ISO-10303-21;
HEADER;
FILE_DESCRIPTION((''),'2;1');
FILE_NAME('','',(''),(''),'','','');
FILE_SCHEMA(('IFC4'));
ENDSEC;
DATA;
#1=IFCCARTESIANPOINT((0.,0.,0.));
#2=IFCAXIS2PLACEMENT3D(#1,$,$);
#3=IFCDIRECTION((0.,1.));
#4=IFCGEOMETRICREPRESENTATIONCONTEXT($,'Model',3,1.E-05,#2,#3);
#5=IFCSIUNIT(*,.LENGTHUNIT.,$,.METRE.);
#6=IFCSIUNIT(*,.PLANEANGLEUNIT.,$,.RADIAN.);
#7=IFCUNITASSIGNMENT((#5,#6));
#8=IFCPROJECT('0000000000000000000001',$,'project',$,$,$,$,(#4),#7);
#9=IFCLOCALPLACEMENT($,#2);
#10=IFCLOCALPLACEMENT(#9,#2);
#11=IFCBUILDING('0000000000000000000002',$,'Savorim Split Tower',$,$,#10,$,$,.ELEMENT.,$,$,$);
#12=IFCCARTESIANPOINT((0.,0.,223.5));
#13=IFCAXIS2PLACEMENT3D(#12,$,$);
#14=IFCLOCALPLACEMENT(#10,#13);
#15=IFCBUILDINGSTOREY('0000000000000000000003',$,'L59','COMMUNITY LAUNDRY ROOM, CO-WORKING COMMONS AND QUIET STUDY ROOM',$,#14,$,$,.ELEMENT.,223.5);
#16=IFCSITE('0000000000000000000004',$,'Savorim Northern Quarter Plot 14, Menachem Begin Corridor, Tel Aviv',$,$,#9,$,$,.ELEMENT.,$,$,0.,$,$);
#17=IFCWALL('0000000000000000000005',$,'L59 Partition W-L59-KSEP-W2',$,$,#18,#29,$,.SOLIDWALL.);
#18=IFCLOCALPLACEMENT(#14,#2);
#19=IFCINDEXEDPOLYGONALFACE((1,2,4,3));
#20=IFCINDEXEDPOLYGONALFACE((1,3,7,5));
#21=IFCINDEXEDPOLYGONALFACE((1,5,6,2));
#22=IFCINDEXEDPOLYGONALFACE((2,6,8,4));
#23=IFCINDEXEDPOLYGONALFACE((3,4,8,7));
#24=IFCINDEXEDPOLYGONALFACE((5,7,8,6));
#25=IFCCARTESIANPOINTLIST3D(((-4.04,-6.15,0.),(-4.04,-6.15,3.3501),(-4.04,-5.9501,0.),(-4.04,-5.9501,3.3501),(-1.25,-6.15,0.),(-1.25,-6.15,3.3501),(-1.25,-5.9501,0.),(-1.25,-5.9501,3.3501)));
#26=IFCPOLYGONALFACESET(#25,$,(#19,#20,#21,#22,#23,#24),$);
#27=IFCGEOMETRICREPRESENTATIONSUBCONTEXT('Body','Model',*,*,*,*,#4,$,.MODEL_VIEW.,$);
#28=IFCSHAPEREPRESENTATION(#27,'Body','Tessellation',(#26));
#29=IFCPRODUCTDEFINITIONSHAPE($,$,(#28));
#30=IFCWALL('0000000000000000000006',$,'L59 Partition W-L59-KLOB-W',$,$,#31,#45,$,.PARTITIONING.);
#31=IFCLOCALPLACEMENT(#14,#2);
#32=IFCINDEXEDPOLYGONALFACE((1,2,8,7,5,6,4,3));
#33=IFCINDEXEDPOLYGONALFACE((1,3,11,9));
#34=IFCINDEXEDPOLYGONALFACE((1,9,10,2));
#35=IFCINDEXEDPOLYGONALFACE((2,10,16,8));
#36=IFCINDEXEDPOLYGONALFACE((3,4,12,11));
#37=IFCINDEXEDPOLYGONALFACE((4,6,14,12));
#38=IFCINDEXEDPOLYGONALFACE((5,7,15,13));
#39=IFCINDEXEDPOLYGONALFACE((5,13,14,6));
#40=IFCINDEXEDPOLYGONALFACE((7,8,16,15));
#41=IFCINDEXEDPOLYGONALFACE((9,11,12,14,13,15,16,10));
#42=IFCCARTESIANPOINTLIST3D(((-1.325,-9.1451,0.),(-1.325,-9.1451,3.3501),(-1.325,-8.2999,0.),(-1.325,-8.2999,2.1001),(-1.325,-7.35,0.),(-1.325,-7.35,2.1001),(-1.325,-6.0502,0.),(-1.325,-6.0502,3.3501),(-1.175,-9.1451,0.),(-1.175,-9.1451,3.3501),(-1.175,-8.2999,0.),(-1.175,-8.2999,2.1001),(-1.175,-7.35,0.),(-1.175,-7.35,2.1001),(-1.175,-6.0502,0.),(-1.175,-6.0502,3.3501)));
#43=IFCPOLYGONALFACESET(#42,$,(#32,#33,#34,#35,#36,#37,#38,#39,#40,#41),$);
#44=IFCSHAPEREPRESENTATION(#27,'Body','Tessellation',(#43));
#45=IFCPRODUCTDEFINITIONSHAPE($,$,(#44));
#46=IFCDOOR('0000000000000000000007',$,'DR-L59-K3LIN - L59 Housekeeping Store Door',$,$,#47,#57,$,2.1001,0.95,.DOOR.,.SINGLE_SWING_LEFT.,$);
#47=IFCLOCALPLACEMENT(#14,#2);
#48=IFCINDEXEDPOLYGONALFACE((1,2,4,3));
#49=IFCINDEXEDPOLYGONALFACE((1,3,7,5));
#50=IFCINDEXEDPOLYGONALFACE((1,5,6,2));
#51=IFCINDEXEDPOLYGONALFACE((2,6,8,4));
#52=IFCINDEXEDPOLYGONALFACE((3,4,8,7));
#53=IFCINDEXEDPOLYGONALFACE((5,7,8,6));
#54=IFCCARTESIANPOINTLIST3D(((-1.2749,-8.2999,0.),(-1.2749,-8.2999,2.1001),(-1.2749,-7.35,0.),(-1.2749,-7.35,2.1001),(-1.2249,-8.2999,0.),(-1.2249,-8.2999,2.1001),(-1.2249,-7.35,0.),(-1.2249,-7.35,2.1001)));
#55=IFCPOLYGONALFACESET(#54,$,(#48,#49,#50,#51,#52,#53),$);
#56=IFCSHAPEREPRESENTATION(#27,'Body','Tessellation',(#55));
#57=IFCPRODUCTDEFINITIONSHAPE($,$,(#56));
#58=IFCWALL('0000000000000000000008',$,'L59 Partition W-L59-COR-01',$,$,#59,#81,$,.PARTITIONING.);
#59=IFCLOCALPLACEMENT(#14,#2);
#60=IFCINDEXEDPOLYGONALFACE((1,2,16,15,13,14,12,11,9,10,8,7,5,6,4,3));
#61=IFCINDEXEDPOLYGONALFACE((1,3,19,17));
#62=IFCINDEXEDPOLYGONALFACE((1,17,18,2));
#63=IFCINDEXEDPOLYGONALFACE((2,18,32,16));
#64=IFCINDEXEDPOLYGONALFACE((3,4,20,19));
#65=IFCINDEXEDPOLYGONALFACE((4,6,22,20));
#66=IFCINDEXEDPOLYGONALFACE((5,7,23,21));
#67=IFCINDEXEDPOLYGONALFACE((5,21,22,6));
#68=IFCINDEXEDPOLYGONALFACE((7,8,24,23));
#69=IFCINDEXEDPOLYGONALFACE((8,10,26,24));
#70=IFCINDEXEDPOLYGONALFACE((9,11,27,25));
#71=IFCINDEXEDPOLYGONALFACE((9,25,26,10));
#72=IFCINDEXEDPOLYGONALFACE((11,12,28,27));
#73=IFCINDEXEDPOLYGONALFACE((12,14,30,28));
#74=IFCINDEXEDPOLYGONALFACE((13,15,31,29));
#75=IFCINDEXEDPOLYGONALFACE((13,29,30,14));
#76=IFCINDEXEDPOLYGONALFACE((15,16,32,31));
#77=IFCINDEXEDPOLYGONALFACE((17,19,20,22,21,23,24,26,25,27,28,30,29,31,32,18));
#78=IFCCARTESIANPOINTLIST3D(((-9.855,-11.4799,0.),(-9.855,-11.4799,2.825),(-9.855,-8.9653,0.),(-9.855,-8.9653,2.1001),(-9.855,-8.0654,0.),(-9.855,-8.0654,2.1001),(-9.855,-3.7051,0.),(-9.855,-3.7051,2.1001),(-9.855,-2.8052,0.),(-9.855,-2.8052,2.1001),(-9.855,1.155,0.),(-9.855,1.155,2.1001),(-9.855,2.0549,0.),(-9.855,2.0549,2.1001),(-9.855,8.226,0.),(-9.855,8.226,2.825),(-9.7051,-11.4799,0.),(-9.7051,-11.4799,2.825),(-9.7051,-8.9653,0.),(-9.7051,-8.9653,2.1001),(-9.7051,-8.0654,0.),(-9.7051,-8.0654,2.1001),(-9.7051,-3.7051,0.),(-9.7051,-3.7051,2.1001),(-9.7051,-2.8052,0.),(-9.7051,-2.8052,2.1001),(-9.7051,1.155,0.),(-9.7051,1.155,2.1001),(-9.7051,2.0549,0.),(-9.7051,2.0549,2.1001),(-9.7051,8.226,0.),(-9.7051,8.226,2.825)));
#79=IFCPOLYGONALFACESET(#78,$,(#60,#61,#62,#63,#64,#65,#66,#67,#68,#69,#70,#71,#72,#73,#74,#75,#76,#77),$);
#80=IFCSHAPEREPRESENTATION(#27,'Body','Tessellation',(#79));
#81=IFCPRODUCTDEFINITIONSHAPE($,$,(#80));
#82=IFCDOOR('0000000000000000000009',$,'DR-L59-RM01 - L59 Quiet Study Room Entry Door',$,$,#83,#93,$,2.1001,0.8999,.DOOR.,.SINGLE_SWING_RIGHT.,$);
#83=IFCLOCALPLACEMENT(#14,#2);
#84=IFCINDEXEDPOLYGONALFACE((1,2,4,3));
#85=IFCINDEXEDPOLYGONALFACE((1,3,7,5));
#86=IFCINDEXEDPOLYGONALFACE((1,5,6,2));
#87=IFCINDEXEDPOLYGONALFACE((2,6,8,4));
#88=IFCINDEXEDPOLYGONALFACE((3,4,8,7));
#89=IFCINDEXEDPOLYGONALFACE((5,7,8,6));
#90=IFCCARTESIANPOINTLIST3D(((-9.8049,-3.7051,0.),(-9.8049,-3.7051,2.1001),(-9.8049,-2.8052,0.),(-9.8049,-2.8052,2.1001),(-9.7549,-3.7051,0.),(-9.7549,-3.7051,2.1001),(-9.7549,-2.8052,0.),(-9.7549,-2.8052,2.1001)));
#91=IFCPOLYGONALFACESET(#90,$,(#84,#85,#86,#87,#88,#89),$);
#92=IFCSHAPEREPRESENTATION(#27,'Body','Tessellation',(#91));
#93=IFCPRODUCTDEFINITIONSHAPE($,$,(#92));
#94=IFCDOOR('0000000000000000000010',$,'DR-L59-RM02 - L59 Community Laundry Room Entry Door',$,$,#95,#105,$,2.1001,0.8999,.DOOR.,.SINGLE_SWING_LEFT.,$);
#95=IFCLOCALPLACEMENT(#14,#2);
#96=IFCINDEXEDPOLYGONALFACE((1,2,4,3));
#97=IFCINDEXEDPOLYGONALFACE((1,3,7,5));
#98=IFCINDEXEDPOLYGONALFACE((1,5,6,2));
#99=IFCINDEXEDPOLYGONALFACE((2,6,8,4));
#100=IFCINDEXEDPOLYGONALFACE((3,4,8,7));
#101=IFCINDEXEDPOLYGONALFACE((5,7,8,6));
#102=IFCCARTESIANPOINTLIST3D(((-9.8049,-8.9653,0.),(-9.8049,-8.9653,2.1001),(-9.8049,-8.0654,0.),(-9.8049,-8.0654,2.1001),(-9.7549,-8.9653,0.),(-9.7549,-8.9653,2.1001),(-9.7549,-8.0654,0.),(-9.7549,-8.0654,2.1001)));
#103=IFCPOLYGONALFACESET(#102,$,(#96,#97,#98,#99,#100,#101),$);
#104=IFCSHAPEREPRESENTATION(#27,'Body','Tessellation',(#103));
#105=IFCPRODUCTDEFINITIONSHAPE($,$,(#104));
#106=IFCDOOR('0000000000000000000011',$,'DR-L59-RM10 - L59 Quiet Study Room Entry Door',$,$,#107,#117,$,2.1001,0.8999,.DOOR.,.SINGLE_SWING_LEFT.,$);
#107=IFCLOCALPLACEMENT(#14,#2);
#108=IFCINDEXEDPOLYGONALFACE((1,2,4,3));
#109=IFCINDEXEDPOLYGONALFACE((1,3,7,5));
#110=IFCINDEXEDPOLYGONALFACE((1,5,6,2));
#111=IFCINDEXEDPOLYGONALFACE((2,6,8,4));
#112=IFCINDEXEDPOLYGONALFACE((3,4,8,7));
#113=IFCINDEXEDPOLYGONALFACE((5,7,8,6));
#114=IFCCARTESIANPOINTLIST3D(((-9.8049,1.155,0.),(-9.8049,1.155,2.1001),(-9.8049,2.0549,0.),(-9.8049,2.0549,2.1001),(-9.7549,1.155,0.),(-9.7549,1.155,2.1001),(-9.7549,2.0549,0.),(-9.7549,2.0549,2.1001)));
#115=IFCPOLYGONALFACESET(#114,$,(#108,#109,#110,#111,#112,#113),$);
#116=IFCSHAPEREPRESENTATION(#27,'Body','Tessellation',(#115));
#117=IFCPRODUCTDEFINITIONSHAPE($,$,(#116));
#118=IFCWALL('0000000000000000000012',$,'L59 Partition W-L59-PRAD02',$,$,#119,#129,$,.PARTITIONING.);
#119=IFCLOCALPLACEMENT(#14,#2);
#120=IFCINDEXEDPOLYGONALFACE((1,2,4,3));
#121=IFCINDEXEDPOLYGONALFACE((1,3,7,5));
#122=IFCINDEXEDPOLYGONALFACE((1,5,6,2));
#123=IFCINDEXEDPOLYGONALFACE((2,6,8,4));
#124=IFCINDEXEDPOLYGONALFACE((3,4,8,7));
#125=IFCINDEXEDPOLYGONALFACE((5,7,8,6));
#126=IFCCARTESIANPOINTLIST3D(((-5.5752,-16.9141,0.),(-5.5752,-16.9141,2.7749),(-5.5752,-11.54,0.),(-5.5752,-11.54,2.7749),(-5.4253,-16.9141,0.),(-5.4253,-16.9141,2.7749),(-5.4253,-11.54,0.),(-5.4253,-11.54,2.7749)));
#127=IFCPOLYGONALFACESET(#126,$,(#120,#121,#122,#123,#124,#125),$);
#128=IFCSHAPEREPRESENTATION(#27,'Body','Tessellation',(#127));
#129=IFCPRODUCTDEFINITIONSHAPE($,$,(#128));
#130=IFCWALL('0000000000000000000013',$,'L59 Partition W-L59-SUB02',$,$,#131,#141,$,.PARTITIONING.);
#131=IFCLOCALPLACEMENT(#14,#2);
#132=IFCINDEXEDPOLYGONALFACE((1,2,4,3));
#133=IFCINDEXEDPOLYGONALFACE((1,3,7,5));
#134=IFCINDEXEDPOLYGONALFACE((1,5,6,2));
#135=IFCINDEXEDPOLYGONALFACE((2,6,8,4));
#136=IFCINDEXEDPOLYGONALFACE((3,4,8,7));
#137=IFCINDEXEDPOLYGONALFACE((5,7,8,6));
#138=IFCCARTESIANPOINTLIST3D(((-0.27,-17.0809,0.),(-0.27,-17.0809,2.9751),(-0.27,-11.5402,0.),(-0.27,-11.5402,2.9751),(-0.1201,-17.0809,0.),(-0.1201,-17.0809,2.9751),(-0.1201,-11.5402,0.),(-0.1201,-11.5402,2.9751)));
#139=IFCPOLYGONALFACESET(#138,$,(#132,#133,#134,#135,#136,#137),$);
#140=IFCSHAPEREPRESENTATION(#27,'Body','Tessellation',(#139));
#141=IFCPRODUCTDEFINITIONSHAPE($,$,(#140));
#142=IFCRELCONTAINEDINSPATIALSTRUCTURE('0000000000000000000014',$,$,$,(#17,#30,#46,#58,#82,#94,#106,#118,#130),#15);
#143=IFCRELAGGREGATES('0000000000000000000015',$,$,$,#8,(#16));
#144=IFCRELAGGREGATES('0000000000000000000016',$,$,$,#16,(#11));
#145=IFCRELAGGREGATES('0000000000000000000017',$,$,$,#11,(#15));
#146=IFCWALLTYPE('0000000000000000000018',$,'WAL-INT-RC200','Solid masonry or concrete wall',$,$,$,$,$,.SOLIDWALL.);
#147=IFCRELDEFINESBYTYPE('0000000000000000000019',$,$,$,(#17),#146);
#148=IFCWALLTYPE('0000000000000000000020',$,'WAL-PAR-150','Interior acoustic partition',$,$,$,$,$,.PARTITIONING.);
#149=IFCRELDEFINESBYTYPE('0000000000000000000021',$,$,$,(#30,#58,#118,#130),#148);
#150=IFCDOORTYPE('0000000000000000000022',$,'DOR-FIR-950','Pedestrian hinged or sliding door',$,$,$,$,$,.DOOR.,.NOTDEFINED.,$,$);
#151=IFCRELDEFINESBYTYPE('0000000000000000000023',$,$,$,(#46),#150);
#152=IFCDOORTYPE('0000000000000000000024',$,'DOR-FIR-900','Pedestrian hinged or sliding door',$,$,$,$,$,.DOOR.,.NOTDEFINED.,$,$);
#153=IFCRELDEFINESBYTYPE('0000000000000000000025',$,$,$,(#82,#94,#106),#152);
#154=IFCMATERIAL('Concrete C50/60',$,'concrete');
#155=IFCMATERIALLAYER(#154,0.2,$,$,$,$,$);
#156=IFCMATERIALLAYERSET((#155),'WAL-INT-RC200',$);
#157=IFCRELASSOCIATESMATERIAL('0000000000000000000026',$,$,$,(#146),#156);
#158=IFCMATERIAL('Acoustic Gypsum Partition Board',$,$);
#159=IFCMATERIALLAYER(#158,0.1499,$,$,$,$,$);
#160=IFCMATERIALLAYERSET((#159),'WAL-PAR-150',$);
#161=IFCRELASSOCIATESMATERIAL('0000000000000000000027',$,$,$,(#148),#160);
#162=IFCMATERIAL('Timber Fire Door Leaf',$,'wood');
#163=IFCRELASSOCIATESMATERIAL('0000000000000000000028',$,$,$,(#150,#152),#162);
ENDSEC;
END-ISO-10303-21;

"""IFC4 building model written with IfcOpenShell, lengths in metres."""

from ifc_helpers import new_model, si_unit, direction, frame, frame_2d, origin, place, context, subcontext, project, spatial, rectangle, extrude, material, layer, layer_set, type_object, element, fill, save


model = new_model("IFC4")

# Units and contexts
model_context = context("Model", 3, precision=1e-05, world=origin(), true_north=direction((0.0, 1.0)))
body_context = subcontext(model_context, "Body", "Model", "MODEL_VIEW")
ifc_project = project(units=[si_unit("LENGTHUNIT", "METRE"), si_unit("PLANEANGLEUNIT", "RADIAN")], contexts=[model_context])

# Site, building, storey
site_placement = place(None, origin())
site = spatial("IfcSite", under=ifc_project, at=site_placement, Name="Savorim Northern Quarter Plot 14, Menachem Begin Corridor, Tel Aviv", CompositionType="ELEMENT", RefElevation=0.0)
building_placement = place(site_placement, origin())
building = spatial("IfcBuilding", under=site, at=building_placement, Name="Savorim Split Tower", CompositionType="ELEMENT")
storey_placement = place(building_placement, frame((0.0, 0.0, 223.5)))
storey = spatial("IfcBuildingStorey", under=building, at=storey_placement, Name="L59", Description="COMMUNITY LAUNDRY ROOM, CO-WORKING COMMONS AND QUIET STUDY ROOM", CompositionType="ELEMENT", Elevation=223.5)

# Shared definitions
ifc_material_1 = material(Name="Timber Fire Door Leaf", Category="wood")

# Wall
ifc_material_2 = material(Name="Concrete C50/60", Category="concrete")
ifc_layer_1 = layer(ifc_material_2, 0.2)
ifc_layer_set_1 = layer_set([ifc_layer_1], Name="WAL-INT-RC200")
wall_type_1 = type_object("IfcWallType", Name="WAL-INT-RC200", Description="Solid masonry or concrete wall", PredefinedType="SOLIDWALL", material=ifc_layer_set_1)
wall_1_placement = place(storey_placement, frame((-4.04, -6.05, 0.0), z_axis=(0.0, 0.0, 1.0), x_axis=(1.0, 0.0, 0.0)))
element("IfcWall", 1, at=wall_1_placement, inside=storey, type_object=wall_type_1, Name="L59 Partition W-L59-KSEP-W2", PredefinedType="SOLIDWALL", context=body_context, shape_type="SweptSolid", body=[
    extrude(rectangle(XDim=2.79, YDim=0.2, at=frame_2d((1.395, 0.0))), origin(), (0.0, 0.0, 1.0), 3.3501),
])

# Wall, opening, door
ifc_material_3 = material(Name="Acoustic Gypsum Partition Board")
ifc_layer_2 = layer(ifc_material_3, 0.1499)
ifc_layer_set_2 = layer_set([ifc_layer_2], Name="WAL-PAR-150")
wall_type_2 = type_object("IfcWallType", Name="WAL-PAR-150", Description="Interior acoustic partition", PredefinedType="PARTITIONING", material=ifc_layer_set_2)
wall_2_placement = place(storey_placement, frame((-1.25, -9.145, 0.0), z_axis=(0.0, 0.0, 1.0), x_axis=(0.0, 1.0, 0.0)))
wall_2 = element("IfcWall", 2, at=wall_2_placement, inside=storey, type_object=wall_type_2, Name="L59 Partition W-L59-KLOB-W", PredefinedType="PARTITIONING", context=body_context, shape_type="SweptSolid", body=[
    extrude(rectangle(XDim=3.095, YDim=0.1499, at=frame_2d((1.5474, 0.0))), origin(), (0.0, 0.0, 1.0), 3.3501),
])
opening_1_placement = place(wall_2_placement, frame((0.845, 0.0, 0.0)))
opening_1 = element("IfcOpeningElement", 3, at=opening_1_placement, cuts=wall_2, PredefinedType="OPENING", context=body_context, shape_type="SweptSolid", body=[
    extrude(rectangle(XDim=0.95, YDim=2.1001, at=frame_2d((0.4751, 1.05))), frame((0.0, 0.085, 0.0), z_axis=(0.0, -1.0, 0.0), x_axis=(1.0, 0.0, 0.0)), (0.0, 0.0, 1.0), 0.1699),
])
door_type_1 = type_object("IfcDoorType", Name="DOR-FIR-950", Description="Pedestrian hinged or sliding door", OperationType="NOTDEFINED", PredefinedType="DOOR", material=ifc_material_1)
door_1_placement = place(opening_1_placement, origin())
door_1 = element("IfcDoor", 4, at=door_1_placement, inside=storey, type_object=door_type_1, Name="DR-L59-K3LIN - L59 Housekeeping Store Door", OperationType="SINGLE_SWING_LEFT", OverallHeight=2.1001, OverallWidth=0.95, PredefinedType="DOOR", context=body_context, shape_type="SweptSolid", body=[
    extrude(rectangle(XDim=0.95, YDim=2.1001, at=frame_2d((0.4751, 1.05))), frame((0.0, 0.0249, 0.0), z_axis=(0.0, -1.0, 0.0), x_axis=(1.0, 0.0, 0.0)), (0.0, 0.0, 1.0), 0.05),
])
fill(opening_1, door_1)

# Wall, openings, doors
wall_3_placement = place(storey_placement, frame((-9.78, -11.48, 0.0), z_axis=(0.0, 0.0, 1.0), x_axis=(0.0, 1.0, 0.0)))
wall_3 = element("IfcWall", 5, at=wall_3_placement, inside=storey, type_object=wall_type_2, Name="L59 Partition W-L59-COR-01", PredefinedType="PARTITIONING", context=body_context, shape_type="SweptSolid", body=[
    extrude(rectangle(XDim=19.7058, YDim=0.1499, at=frame_2d((9.853, 0.0))), origin(), (0.0, 0.0, 1.0), 2.825),
])
opening_2_placement = place(wall_3_placement, frame((7.7749, 0.0, 0.0)))
opening_2 = element("IfcOpeningElement", 6, at=opening_2_placement, cuts=wall_3, PredefinedType="OPENING", context=body_context, shape_type="SweptSolid", body=[
    extrude(rectangle(XDim=0.8999, YDim=2.1001, at=frame_2d((0.45, 1.05))), frame((0.0, 0.085, 0.0), z_axis=(0.0, -1.0, 0.0), x_axis=(1.0, 0.0, 0.0)), (0.0, 0.0, 1.0), 0.1699),
])
opening_3_placement = place(wall_3_placement, frame((2.5146, 0.0, 0.0)))
opening_3 = element("IfcOpeningElement", 7, at=opening_3_placement, cuts=wall_3, PredefinedType="OPENING", context=body_context, shape_type="SweptSolid", body=[
    extrude(rectangle(XDim=0.8999, YDim=2.1001, at=frame_2d((0.45, 1.05))), frame((0.0, 0.085, 0.0), z_axis=(0.0, -1.0, 0.0), x_axis=(1.0, 0.0, 0.0)), (0.0, 0.0, 1.0), 0.1699),
])
opening_4_placement = place(wall_3_placement, frame((12.635, 0.0, 0.0)))
opening_4 = element("IfcOpeningElement", 8, at=opening_4_placement, cuts=wall_3, PredefinedType="OPENING", context=body_context, shape_type="SweptSolid", body=[
    extrude(rectangle(XDim=0.8999, YDim=2.1001, at=frame_2d((0.45, 1.05))), frame((0.0, 0.085, 0.0), z_axis=(0.0, -1.0, 0.0), x_axis=(1.0, 0.0, 0.0)), (0.0, 0.0, 1.0), 0.1699),
])
door_type_2 = type_object("IfcDoorType", Name="DOR-FIR-900", Description="Pedestrian hinged or sliding door", OperationType="NOTDEFINED", PredefinedType="DOOR", material=ifc_material_1)
door_2_placement = place(opening_2_placement, origin())
door_2 = element("IfcDoor", 9, at=door_2_placement, inside=storey, type_object=door_type_2, Name="DR-L59-RM01 - L59 Quiet Study Room Entry Door", OperationType="SINGLE_SWING_RIGHT", OverallHeight=2.1001, OverallWidth=0.8999, PredefinedType="DOOR", context=body_context, shape_type="SweptSolid", body=[
    extrude(rectangle(XDim=0.8999, YDim=2.1001, at=frame_2d((0.45, 1.05))), frame((0.0, 0.0249, 0.0), z_axis=(0.0, -1.0, 0.0), x_axis=(1.0, 0.0, 0.0)), (0.0, 0.0, 1.0), 0.05),
])
fill(opening_2, door_2)
door_3_placement = place(opening_3_placement, origin())
door_3 = element("IfcDoor", 10, at=door_3_placement, inside=storey, type_object=door_type_2, Name="DR-L59-RM02 - L59 Community Laundry Room Entry Door", OperationType="SINGLE_SWING_LEFT", OverallHeight=2.1001, OverallWidth=0.8999, PredefinedType="DOOR", context=body_context, shape_type="SweptSolid", body=[
    extrude(rectangle(XDim=0.8999, YDim=2.1001, at=frame_2d((0.45, 1.05))), frame((0.0, 0.0249, 0.0), z_axis=(0.0, -1.0, 0.0), x_axis=(1.0, 0.0, 0.0)), (0.0, 0.0, 1.0), 0.05),
])
fill(opening_3, door_3)
door_4_placement = place(opening_4_placement, origin())
door_4 = element("IfcDoor", 11, at=door_4_placement, inside=storey, type_object=door_type_2, Name="DR-L59-RM10 - L59 Quiet Study Room Entry Door", OperationType="SINGLE_SWING_LEFT", OverallHeight=2.1001, OverallWidth=0.8999, PredefinedType="DOOR", context=body_context, shape_type="SweptSolid", body=[
    extrude(rectangle(XDim=0.8999, YDim=2.1001, at=frame_2d((0.45, 1.05))), frame((0.0, 0.0249, 0.0), z_axis=(0.0, -1.0, 0.0), x_axis=(1.0, 0.0, 0.0)), (0.0, 0.0, 1.0), 0.05),
])
fill(opening_4, door_4)

# Walls
wall_4_placement = place(storey_placement, frame((-5.5002, -11.54, 0.0), z_axis=(0.0, 0.0, 1.0), x_axis=(0.0, -1.0, 0.0)))
element("IfcWall", 12, at=wall_4_placement, inside=storey, type_object=wall_type_2, Name="L59 Partition W-L59-PRAD02", PredefinedType="PARTITIONING", context=body_context, shape_type="SweptSolid", body=[
    extrude(rectangle(XDim=5.374, YDim=0.1499, at=frame_2d((2.687, 0.0))), origin(), (0.0, 0.0, 1.0), 2.7749),
])
wall_5_placement = place(storey_placement, frame((-0.1951, -11.54, 0.0), z_axis=(0.0, 0.0, 1.0), x_axis=(0.0, -1.0, 0.0)))
element("IfcWall", 13, at=wall_5_placement, inside=storey, type_object=wall_type_2, Name="L59 Partition W-L59-SUB02", PredefinedType="PARTITIONING", context=body_context, shape_type="SweptSolid", body=[
    extrude(rectangle(XDim=5.5408, YDim=0.1499, at=frame_2d((2.7705, 0.0))), origin(), (0.0, 0.0, 1.0), 2.9751),
])

save(model, "model.ifc")
